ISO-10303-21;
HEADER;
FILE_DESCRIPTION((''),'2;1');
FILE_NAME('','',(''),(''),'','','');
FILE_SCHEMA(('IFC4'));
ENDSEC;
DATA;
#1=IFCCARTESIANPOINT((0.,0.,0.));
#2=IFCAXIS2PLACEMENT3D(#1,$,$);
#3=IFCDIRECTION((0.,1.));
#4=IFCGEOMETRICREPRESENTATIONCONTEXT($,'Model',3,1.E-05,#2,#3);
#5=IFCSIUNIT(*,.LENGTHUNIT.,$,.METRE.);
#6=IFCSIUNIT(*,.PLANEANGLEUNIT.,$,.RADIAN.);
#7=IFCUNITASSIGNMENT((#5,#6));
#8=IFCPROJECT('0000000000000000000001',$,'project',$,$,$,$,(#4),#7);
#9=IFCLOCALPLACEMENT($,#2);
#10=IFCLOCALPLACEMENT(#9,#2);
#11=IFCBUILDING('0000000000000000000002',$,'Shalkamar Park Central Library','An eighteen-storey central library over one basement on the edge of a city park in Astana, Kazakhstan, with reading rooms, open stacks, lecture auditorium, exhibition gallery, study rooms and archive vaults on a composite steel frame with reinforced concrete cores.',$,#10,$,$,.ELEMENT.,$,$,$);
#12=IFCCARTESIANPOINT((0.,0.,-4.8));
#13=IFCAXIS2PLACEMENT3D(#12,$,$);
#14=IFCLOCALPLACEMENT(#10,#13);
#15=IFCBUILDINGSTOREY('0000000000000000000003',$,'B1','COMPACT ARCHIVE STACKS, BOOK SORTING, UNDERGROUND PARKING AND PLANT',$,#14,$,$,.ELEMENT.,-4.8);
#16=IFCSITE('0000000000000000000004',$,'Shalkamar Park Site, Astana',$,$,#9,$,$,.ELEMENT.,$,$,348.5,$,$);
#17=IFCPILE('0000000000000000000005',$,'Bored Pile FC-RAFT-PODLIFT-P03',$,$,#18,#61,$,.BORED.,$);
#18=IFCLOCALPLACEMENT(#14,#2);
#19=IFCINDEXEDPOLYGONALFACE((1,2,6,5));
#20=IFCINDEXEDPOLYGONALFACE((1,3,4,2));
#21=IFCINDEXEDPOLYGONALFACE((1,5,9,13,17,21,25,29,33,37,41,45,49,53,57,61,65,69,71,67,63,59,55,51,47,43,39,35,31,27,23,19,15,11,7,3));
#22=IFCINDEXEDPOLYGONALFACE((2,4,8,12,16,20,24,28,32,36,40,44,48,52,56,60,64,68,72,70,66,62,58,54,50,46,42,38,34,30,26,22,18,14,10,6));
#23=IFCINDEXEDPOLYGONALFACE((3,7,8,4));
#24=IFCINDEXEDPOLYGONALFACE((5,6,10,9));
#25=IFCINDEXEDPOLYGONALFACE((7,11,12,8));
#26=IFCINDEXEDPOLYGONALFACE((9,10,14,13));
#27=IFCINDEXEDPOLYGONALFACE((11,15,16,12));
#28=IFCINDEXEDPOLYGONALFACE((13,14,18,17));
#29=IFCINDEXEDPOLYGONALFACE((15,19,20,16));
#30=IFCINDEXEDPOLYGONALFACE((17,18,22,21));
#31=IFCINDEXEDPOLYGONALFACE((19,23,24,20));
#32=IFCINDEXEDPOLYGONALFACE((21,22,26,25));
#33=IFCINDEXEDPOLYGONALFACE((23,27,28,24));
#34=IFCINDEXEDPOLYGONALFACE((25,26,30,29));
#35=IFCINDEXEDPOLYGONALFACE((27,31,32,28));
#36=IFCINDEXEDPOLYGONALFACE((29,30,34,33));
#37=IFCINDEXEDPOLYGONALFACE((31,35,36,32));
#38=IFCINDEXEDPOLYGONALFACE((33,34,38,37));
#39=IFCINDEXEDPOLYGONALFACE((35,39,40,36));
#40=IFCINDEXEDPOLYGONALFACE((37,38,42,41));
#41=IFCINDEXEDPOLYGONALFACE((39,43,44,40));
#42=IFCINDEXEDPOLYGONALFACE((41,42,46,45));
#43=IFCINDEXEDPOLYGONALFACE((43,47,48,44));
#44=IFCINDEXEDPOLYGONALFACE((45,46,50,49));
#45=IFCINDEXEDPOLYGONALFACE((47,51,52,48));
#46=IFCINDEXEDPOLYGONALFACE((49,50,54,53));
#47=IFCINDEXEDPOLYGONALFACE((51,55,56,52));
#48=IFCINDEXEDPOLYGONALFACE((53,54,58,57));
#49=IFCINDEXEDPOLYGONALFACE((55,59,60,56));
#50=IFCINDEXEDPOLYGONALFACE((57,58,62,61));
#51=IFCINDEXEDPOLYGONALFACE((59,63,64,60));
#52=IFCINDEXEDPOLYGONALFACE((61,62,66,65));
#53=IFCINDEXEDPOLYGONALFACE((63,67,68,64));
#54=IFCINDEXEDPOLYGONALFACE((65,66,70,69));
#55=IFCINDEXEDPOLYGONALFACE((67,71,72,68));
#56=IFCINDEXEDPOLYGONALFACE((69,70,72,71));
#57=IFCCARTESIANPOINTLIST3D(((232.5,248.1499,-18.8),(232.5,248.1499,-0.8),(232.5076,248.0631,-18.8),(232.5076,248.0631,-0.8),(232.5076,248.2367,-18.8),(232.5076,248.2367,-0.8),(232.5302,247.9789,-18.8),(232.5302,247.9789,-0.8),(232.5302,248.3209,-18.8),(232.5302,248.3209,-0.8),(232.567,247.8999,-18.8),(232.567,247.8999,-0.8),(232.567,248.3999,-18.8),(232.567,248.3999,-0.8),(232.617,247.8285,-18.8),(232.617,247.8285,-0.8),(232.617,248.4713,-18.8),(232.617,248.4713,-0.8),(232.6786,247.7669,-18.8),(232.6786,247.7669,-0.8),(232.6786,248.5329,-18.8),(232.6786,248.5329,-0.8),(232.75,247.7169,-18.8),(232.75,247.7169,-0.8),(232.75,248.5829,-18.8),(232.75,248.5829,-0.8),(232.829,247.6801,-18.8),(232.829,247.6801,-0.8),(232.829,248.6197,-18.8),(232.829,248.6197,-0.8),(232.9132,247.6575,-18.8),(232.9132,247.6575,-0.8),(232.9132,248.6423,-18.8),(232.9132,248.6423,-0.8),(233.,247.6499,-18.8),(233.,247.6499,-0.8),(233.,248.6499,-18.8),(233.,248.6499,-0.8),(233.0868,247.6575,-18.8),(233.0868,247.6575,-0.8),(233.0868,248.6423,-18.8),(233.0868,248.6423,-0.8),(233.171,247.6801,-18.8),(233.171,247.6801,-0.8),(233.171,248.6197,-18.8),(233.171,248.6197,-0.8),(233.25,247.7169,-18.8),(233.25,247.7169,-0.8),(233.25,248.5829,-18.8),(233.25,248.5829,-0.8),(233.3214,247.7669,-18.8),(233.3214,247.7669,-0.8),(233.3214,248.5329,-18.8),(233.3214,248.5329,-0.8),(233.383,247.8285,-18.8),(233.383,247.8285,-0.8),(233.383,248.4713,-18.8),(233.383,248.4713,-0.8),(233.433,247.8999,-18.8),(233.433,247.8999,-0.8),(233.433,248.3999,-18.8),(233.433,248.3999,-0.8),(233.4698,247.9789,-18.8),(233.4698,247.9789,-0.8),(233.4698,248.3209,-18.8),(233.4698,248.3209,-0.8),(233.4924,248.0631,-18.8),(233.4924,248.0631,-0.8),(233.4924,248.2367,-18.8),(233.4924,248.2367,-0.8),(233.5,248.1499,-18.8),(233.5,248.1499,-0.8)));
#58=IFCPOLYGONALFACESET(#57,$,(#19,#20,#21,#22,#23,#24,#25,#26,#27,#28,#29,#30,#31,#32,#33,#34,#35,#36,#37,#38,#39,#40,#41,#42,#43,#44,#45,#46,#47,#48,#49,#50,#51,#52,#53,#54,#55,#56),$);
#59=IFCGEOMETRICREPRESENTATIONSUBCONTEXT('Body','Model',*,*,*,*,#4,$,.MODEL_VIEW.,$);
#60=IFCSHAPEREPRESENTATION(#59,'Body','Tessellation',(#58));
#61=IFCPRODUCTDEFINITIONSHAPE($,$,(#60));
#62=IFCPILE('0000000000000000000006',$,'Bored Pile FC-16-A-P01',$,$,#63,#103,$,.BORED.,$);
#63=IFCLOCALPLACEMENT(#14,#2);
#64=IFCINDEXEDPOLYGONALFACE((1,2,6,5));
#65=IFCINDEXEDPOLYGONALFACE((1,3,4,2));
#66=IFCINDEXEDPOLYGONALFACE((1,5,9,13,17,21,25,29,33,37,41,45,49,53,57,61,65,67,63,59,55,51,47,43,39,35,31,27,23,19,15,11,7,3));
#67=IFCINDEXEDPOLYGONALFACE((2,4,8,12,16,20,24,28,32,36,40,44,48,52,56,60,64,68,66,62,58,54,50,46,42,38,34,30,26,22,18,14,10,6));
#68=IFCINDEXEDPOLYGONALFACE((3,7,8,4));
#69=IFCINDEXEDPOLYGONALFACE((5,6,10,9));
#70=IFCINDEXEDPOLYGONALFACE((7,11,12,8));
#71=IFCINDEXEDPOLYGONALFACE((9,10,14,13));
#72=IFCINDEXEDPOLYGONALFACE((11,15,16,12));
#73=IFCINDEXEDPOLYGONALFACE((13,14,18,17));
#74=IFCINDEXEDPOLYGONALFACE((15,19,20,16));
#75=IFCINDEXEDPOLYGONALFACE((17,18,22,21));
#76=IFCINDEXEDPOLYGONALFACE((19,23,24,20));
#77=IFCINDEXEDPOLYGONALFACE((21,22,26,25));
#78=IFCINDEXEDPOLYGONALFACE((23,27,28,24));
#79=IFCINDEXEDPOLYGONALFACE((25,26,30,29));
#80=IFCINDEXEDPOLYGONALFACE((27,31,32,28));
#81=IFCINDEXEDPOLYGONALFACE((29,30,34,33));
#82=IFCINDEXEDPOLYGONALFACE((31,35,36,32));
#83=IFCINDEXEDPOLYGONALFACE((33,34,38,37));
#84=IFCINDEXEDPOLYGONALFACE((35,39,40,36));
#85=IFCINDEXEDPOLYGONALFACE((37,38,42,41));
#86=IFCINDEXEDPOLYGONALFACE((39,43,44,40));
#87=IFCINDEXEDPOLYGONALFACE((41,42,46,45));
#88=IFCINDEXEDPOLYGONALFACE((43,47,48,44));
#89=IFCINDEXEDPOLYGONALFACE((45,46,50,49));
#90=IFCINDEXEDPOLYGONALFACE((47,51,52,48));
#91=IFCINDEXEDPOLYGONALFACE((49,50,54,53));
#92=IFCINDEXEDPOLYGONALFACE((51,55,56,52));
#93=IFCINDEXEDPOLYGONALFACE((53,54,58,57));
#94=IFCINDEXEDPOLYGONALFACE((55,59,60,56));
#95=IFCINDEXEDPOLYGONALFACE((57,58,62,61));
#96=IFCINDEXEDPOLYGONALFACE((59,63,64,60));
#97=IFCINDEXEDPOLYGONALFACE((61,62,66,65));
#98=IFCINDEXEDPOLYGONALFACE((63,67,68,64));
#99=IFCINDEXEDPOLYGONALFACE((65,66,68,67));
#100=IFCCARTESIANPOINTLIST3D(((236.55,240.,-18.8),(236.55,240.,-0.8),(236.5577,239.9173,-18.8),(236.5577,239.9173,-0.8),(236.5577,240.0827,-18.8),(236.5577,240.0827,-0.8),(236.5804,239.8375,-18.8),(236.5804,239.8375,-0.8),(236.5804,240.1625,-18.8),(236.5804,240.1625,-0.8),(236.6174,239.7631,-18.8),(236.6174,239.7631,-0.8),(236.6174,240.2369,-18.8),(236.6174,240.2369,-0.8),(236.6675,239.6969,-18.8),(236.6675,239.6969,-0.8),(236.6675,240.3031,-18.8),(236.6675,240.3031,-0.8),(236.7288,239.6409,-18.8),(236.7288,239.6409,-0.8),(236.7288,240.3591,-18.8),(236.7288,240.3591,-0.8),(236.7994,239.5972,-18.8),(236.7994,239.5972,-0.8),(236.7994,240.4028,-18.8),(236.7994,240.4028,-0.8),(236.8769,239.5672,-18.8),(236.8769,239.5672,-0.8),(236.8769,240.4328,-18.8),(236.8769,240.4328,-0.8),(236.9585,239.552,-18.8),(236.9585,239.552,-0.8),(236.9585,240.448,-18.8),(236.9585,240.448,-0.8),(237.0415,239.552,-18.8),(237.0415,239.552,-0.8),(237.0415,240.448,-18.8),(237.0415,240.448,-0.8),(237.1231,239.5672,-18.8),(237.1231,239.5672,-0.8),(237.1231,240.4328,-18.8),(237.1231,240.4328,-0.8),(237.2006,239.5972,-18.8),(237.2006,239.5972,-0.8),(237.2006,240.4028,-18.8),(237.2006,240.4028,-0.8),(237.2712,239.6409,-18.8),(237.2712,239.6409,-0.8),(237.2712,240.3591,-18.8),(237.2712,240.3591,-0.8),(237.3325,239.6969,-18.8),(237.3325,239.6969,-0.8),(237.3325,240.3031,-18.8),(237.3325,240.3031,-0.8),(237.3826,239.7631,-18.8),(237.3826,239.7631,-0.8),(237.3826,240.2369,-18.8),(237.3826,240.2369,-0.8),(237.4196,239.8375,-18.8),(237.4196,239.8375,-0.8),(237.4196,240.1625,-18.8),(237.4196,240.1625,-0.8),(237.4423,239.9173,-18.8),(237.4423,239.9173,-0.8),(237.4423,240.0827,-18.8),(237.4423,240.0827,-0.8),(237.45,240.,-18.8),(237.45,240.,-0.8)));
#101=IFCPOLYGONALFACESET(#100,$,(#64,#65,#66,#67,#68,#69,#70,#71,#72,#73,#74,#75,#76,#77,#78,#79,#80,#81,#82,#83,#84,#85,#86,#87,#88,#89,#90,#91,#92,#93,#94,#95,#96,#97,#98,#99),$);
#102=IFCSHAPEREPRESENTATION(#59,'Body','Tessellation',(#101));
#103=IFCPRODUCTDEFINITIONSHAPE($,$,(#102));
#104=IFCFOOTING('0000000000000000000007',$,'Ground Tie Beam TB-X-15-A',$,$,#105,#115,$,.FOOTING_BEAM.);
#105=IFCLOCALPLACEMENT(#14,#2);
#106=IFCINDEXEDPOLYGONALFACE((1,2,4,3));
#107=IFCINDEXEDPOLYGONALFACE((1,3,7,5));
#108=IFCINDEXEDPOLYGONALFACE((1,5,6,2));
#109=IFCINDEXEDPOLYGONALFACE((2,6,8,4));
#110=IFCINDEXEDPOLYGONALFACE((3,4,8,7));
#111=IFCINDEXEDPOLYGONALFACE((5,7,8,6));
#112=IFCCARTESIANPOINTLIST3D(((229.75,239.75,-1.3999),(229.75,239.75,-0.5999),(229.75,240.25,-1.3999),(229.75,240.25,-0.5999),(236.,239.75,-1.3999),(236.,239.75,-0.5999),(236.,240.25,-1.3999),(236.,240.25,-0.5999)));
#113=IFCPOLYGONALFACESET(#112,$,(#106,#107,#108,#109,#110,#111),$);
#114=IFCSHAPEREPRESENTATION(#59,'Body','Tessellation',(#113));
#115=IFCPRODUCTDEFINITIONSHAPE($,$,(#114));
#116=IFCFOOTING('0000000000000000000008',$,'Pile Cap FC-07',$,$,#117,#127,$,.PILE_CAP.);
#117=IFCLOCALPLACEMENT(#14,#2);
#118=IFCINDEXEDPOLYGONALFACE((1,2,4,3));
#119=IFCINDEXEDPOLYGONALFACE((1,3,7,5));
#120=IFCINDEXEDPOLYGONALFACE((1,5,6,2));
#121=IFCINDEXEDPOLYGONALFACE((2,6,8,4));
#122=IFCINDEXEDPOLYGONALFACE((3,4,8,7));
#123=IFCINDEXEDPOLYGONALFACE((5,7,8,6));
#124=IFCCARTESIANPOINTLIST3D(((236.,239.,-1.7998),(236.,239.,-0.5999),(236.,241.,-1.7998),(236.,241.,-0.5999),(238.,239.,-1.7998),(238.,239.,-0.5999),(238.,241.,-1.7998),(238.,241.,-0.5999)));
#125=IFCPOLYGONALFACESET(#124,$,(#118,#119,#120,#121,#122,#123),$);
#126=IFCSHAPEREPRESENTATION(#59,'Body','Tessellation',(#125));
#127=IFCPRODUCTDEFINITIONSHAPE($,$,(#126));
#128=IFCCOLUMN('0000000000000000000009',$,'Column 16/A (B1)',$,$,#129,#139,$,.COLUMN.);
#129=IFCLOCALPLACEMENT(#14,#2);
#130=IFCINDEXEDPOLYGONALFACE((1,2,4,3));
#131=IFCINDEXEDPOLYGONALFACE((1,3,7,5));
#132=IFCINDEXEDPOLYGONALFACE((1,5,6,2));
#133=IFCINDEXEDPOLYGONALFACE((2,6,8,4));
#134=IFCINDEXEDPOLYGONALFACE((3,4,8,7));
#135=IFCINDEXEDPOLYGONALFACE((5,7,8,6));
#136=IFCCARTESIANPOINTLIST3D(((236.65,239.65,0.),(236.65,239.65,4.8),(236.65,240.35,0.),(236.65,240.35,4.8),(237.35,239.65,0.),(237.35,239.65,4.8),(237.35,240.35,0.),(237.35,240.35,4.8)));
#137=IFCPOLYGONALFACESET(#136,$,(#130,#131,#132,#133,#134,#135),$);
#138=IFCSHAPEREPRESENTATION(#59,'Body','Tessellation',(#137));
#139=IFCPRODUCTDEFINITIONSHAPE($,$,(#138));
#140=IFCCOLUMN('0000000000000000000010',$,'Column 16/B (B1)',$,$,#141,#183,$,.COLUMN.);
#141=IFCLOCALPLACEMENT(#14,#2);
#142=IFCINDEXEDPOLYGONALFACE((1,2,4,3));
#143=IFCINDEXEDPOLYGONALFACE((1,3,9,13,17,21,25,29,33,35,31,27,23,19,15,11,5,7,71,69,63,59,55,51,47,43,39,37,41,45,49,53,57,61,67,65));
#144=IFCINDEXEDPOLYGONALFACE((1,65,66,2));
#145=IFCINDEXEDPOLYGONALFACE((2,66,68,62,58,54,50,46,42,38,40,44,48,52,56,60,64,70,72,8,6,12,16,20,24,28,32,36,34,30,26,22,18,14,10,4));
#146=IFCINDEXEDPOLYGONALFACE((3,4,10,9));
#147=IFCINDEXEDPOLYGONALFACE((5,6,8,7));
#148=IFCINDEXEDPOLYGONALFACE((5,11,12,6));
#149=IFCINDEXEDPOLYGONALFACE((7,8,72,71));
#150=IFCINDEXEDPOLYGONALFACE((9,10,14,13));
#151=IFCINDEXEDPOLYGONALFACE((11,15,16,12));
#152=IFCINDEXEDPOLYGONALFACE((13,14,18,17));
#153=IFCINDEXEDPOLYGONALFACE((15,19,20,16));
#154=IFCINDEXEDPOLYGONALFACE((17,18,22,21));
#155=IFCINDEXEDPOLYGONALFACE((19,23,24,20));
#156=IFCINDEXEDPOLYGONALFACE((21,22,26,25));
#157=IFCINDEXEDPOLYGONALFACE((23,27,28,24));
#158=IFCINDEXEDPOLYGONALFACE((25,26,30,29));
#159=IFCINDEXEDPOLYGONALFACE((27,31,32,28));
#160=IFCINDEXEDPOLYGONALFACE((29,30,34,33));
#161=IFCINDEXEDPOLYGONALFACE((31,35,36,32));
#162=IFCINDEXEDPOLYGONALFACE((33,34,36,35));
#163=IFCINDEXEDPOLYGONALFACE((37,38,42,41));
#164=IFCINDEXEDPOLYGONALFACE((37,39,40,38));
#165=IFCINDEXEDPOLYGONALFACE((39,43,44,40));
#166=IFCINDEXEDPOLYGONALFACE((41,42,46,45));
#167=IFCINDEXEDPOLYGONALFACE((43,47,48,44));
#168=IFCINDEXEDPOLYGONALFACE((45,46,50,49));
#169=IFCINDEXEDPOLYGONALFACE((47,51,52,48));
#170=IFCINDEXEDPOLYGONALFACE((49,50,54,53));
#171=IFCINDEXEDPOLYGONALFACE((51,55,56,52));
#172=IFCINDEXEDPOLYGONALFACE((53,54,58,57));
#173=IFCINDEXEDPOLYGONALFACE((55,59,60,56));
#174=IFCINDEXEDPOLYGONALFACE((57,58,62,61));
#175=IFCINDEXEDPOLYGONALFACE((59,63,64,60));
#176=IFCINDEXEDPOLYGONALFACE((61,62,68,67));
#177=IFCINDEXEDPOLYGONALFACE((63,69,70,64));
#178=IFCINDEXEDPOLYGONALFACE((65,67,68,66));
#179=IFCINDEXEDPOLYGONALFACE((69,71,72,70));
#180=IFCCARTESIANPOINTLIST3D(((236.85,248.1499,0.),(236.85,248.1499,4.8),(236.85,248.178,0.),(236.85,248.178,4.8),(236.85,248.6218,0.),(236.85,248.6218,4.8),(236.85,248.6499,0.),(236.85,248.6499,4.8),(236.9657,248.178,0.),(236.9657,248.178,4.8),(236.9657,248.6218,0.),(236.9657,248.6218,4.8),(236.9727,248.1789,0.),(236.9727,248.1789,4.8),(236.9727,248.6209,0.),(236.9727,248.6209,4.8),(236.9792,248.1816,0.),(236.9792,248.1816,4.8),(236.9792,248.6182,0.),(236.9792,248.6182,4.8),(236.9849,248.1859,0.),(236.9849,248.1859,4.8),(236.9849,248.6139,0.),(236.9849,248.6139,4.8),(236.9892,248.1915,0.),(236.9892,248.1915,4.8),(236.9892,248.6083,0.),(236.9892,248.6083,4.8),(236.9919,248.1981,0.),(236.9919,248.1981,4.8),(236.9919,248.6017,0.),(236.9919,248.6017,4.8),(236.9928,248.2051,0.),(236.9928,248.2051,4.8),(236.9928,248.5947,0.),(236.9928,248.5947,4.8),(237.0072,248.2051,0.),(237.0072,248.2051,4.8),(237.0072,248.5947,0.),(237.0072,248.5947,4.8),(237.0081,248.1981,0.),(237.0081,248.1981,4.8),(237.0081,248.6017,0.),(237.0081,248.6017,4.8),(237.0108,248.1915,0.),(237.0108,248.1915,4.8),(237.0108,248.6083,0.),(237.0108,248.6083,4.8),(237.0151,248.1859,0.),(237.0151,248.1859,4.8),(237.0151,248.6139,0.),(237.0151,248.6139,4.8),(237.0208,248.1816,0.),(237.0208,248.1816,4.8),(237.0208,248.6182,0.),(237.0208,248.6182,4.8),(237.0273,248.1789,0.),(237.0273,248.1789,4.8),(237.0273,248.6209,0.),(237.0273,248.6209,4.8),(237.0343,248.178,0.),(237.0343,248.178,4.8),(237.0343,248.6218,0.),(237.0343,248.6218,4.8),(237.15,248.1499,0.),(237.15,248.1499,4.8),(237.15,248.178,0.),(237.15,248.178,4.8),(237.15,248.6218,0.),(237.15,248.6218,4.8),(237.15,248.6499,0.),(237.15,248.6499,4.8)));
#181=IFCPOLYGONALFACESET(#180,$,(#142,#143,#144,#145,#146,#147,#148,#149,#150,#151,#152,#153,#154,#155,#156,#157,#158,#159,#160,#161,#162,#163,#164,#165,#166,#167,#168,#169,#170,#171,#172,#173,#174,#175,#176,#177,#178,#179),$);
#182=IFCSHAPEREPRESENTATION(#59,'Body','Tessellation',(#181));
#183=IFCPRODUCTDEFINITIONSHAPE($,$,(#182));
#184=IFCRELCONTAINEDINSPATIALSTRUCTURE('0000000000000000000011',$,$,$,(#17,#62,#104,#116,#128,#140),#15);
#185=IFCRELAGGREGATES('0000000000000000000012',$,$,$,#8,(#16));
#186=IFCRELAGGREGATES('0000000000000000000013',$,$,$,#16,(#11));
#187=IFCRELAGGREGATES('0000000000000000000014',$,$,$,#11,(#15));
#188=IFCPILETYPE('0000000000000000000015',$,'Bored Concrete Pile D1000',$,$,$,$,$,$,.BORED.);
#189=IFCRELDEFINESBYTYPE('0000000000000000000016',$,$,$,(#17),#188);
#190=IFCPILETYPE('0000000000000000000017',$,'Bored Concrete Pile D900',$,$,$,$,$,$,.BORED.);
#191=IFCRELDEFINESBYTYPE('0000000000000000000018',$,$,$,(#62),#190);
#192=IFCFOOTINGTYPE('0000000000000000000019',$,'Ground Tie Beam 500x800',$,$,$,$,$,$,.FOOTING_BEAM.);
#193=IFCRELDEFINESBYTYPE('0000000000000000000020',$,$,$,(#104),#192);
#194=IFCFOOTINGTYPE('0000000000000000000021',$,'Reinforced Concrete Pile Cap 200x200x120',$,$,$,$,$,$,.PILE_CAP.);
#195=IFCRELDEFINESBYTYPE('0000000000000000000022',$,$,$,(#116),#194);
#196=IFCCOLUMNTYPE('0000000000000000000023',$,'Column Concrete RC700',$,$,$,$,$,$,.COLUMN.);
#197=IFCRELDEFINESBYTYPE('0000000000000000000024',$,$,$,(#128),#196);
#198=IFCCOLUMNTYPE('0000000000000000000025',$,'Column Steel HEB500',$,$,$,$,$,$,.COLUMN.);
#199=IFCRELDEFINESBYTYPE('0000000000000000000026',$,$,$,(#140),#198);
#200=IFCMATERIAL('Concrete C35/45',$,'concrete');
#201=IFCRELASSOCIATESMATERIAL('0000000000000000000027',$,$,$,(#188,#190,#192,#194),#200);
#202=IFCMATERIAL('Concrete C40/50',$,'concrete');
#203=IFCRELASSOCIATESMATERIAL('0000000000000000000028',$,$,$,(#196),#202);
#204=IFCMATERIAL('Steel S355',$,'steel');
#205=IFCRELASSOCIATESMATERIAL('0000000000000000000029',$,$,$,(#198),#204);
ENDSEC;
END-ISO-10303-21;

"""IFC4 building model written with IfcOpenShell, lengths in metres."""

from ifc_helpers import new_model, si_unit, direction, frame, origin, origin_2d, place, context, subcontext, project, spatial, rectangle, circle, i_section, extrude, material, material_profile, profile_set, type_object, element, save


model = new_model("IFC4")

# Units and contexts
model_context = context("Model", 3, precision=1e-05, world=origin(), true_north=direction((0.0, 1.0)))
body_context = subcontext(model_context, "Body", "Model", "MODEL_VIEW")
ifc_project = project(units=[si_unit("LENGTHUNIT", "METRE"), si_unit("PLANEANGLEUNIT", "RADIAN")], contexts=[model_context])

# Site, building, storey
site_placement = place(None, origin())
site = spatial("IfcSite", under=ifc_project, at=site_placement, Name="Shalkamar Park Site, Astana", CompositionType="ELEMENT", RefElevation=348.5)
building_placement = place(site_placement, origin())
building = spatial("IfcBuilding", under=site, at=building_placement, Name="Shalkamar Park Central Library", Description="An eighteen-storey central library over one basement on the edge of a city park in Astana, Kazakhstan, with reading rooms, open stacks, lecture auditorium, exhibition gallery, study rooms and archive vaults on a composite steel frame with reinforced concrete cores.", CompositionType="ELEMENT")
storey_placement = place(building_placement, frame((0.0, 0.0, -4.8)))
storey = spatial("IfcBuildingStorey", under=building, at=storey_placement, Name="B1", Description="COMPACT ARCHIVE STACKS, BOOK SORTING, UNDERGROUND PARKING AND PLANT", CompositionType="ELEMENT", Elevation=-4.8)

# Piles
ifc_material_1 = material(Name="Concrete C35/45", Category="concrete")
ifc_material_profile_1 = material_profile(ifc_material_1, circle(Radius=0.5, at=origin_2d()), Name="PILE D1000")
ifc_profile_set_1 = profile_set([ifc_material_profile_1], Name="Concrete C35/45")
pile_type_1 = type_object("IfcPileType", Name="Bored Concrete Pile D1000", PredefinedType="BORED", material=ifc_profile_set_1)
pile_1_placement = place(storey_placement, frame((233.0, 248.1499, -0.8), z_axis=(0.0, 0.0, -1.0), x_axis=(1.0, 0.0, 0.0)))
element("IfcPile", 1, at=pile_1_placement, inside=storey, type_object=pile_type_1, Name="Bored Pile FC-RAFT-PODLIFT-P03", PredefinedType="BORED", context=body_context, shape_type="SweptSolid", body=[
    extrude(circle(Radius=0.5, at=origin_2d()), origin(), (0.0, 0.0, 1.0), 18.0),
])
ifc_material_profile_2 = material_profile(ifc_material_1, circle(Radius=0.45, at=origin_2d()), Name="PILE D900")
ifc_profile_set_2 = profile_set([ifc_material_profile_2], Name="Concrete C35/45")
pile_type_2 = type_object("IfcPileType", Name="Bored Concrete Pile D900", PredefinedType="BORED", material=ifc_profile_set_2)
pile_2_placement = place(storey_placement, frame((237.0, 240.0, -0.8), z_axis=(0.0, 0.0, -1.0), x_axis=(1.0, 0.0, 0.0)))
element("IfcPile", 2, at=pile_2_placement, inside=storey, type_object=pile_type_2, Name="Bored Pile FC-16-A-P01", PredefinedType="BORED", context=body_context, shape_type="SweptSolid", body=[
    extrude(circle(Radius=0.45, at=origin_2d()), origin(), (0.0, 0.0, 1.0), 18.0),
])

# Footings
footing_type_1 = type_object("IfcFootingType", Name="Ground Tie Beam 500x800", PredefinedType="FOOTING_BEAM", material=ifc_material_1)
footing_1_placement = place(storey_placement, frame((232.875, 240.0, -1.3999), z_axis=(0.0, 0.0, 1.0), x_axis=(1.0, 0.0, 0.0)))
element("IfcFooting", 3, at=footing_1_placement, inside=storey, type_object=footing_type_1, Name="Ground Tie Beam TB-X-15-A", PredefinedType="FOOTING_BEAM", context=body_context, shape_type="SweptSolid", body=[
    extrude(rectangle(XDim=6.25, YDim=0.5, at=origin_2d()), origin(), (0.0, 0.0, 1.0), 0.8),
])
footing_type_2 = type_object("IfcFootingType", Name="Reinforced Concrete Pile Cap 200x200x120", PredefinedType="PILE_CAP", material=ifc_material_1)
footing_2_placement = place(storey_placement, frame((237.0, 240.0, -1.7998), z_axis=(0.0, 0.0, 1.0), x_axis=(1.0, 0.0, 0.0)))
element("IfcFooting", 4, at=footing_2_placement, inside=storey, type_object=footing_type_2, Name="Pile Cap FC-07", PredefinedType="PILE_CAP", context=body_context, shape_type="SweptSolid", body=[
    extrude(rectangle(XDim=2.0, YDim=2.0, at=origin_2d()), origin(), (0.0, 0.0, 1.0), 1.2),
])

# Columns
ifc_material_2 = material(Name="Concrete C40/50", Category="concrete")
ifc_material_profile_3 = material_profile(ifc_material_2, rectangle(XDim=0.7, YDim=0.7, at=origin_2d()), Name="RC 700x700")
ifc_profile_set_3 = profile_set([ifc_material_profile_3], Name="Concrete C40/50")
column_type_1 = type_object("IfcColumnType", Name="Column Concrete RC700", PredefinedType="COLUMN", material=ifc_profile_set_3)
column_1_placement = place(storey_placement, frame((237.0, 240.0, 0.0), z_axis=(0.0, 0.0, 1.0), x_axis=(1.0, 0.0, 0.0)))
element("IfcColumn", 5, at=column_1_placement, inside=storey, type_object=column_type_1, Name="Column 16/A (B1)", PredefinedType="COLUMN", context=body_context, shape_type="SweptSolid", body=[
    extrude(rectangle(XDim=0.7, YDim=0.7, at=origin_2d()), origin(), (0.0, 0.0, 1.0), 4.8),
])
ifc_material_3 = material(Name="Steel S355", Category="steel")
ifc_material_profile_4 = material_profile(ifc_material_3, i_section(OverallWidth=0.3, OverallDepth=0.5, WebThickness=0.0144, FlangeThickness=0.0281, FilletRadius=0.0271, at=origin_2d()), Name="HEB 500")
ifc_profile_set_4 = profile_set([ifc_material_profile_4], Name="Steel S355")
column_type_2 = type_object("IfcColumnType", Name="Column Steel HEB500", PredefinedType="COLUMN", material=ifc_profile_set_4)
column_2_placement = place(storey_placement, frame((237.0, 248.3999, 0.0), z_axis=(0.0, 0.0, 1.0), x_axis=(1.0, 0.0, 0.0)))
element("IfcColumn", 6, at=column_2_placement, inside=storey, type_object=column_type_2, Name="Column 16/B (B1)", PredefinedType="COLUMN", context=body_context, shape_type="SweptSolid", body=[
    extrude(i_section(OverallWidth=0.3, OverallDepth=0.5, WebThickness=0.0144, FlangeThickness=0.0281, FilletRadius=0.0271, at=origin_2d()), origin(), (0.0, 0.0, 1.0), 4.8),
])

save(model, "model.ifc")
